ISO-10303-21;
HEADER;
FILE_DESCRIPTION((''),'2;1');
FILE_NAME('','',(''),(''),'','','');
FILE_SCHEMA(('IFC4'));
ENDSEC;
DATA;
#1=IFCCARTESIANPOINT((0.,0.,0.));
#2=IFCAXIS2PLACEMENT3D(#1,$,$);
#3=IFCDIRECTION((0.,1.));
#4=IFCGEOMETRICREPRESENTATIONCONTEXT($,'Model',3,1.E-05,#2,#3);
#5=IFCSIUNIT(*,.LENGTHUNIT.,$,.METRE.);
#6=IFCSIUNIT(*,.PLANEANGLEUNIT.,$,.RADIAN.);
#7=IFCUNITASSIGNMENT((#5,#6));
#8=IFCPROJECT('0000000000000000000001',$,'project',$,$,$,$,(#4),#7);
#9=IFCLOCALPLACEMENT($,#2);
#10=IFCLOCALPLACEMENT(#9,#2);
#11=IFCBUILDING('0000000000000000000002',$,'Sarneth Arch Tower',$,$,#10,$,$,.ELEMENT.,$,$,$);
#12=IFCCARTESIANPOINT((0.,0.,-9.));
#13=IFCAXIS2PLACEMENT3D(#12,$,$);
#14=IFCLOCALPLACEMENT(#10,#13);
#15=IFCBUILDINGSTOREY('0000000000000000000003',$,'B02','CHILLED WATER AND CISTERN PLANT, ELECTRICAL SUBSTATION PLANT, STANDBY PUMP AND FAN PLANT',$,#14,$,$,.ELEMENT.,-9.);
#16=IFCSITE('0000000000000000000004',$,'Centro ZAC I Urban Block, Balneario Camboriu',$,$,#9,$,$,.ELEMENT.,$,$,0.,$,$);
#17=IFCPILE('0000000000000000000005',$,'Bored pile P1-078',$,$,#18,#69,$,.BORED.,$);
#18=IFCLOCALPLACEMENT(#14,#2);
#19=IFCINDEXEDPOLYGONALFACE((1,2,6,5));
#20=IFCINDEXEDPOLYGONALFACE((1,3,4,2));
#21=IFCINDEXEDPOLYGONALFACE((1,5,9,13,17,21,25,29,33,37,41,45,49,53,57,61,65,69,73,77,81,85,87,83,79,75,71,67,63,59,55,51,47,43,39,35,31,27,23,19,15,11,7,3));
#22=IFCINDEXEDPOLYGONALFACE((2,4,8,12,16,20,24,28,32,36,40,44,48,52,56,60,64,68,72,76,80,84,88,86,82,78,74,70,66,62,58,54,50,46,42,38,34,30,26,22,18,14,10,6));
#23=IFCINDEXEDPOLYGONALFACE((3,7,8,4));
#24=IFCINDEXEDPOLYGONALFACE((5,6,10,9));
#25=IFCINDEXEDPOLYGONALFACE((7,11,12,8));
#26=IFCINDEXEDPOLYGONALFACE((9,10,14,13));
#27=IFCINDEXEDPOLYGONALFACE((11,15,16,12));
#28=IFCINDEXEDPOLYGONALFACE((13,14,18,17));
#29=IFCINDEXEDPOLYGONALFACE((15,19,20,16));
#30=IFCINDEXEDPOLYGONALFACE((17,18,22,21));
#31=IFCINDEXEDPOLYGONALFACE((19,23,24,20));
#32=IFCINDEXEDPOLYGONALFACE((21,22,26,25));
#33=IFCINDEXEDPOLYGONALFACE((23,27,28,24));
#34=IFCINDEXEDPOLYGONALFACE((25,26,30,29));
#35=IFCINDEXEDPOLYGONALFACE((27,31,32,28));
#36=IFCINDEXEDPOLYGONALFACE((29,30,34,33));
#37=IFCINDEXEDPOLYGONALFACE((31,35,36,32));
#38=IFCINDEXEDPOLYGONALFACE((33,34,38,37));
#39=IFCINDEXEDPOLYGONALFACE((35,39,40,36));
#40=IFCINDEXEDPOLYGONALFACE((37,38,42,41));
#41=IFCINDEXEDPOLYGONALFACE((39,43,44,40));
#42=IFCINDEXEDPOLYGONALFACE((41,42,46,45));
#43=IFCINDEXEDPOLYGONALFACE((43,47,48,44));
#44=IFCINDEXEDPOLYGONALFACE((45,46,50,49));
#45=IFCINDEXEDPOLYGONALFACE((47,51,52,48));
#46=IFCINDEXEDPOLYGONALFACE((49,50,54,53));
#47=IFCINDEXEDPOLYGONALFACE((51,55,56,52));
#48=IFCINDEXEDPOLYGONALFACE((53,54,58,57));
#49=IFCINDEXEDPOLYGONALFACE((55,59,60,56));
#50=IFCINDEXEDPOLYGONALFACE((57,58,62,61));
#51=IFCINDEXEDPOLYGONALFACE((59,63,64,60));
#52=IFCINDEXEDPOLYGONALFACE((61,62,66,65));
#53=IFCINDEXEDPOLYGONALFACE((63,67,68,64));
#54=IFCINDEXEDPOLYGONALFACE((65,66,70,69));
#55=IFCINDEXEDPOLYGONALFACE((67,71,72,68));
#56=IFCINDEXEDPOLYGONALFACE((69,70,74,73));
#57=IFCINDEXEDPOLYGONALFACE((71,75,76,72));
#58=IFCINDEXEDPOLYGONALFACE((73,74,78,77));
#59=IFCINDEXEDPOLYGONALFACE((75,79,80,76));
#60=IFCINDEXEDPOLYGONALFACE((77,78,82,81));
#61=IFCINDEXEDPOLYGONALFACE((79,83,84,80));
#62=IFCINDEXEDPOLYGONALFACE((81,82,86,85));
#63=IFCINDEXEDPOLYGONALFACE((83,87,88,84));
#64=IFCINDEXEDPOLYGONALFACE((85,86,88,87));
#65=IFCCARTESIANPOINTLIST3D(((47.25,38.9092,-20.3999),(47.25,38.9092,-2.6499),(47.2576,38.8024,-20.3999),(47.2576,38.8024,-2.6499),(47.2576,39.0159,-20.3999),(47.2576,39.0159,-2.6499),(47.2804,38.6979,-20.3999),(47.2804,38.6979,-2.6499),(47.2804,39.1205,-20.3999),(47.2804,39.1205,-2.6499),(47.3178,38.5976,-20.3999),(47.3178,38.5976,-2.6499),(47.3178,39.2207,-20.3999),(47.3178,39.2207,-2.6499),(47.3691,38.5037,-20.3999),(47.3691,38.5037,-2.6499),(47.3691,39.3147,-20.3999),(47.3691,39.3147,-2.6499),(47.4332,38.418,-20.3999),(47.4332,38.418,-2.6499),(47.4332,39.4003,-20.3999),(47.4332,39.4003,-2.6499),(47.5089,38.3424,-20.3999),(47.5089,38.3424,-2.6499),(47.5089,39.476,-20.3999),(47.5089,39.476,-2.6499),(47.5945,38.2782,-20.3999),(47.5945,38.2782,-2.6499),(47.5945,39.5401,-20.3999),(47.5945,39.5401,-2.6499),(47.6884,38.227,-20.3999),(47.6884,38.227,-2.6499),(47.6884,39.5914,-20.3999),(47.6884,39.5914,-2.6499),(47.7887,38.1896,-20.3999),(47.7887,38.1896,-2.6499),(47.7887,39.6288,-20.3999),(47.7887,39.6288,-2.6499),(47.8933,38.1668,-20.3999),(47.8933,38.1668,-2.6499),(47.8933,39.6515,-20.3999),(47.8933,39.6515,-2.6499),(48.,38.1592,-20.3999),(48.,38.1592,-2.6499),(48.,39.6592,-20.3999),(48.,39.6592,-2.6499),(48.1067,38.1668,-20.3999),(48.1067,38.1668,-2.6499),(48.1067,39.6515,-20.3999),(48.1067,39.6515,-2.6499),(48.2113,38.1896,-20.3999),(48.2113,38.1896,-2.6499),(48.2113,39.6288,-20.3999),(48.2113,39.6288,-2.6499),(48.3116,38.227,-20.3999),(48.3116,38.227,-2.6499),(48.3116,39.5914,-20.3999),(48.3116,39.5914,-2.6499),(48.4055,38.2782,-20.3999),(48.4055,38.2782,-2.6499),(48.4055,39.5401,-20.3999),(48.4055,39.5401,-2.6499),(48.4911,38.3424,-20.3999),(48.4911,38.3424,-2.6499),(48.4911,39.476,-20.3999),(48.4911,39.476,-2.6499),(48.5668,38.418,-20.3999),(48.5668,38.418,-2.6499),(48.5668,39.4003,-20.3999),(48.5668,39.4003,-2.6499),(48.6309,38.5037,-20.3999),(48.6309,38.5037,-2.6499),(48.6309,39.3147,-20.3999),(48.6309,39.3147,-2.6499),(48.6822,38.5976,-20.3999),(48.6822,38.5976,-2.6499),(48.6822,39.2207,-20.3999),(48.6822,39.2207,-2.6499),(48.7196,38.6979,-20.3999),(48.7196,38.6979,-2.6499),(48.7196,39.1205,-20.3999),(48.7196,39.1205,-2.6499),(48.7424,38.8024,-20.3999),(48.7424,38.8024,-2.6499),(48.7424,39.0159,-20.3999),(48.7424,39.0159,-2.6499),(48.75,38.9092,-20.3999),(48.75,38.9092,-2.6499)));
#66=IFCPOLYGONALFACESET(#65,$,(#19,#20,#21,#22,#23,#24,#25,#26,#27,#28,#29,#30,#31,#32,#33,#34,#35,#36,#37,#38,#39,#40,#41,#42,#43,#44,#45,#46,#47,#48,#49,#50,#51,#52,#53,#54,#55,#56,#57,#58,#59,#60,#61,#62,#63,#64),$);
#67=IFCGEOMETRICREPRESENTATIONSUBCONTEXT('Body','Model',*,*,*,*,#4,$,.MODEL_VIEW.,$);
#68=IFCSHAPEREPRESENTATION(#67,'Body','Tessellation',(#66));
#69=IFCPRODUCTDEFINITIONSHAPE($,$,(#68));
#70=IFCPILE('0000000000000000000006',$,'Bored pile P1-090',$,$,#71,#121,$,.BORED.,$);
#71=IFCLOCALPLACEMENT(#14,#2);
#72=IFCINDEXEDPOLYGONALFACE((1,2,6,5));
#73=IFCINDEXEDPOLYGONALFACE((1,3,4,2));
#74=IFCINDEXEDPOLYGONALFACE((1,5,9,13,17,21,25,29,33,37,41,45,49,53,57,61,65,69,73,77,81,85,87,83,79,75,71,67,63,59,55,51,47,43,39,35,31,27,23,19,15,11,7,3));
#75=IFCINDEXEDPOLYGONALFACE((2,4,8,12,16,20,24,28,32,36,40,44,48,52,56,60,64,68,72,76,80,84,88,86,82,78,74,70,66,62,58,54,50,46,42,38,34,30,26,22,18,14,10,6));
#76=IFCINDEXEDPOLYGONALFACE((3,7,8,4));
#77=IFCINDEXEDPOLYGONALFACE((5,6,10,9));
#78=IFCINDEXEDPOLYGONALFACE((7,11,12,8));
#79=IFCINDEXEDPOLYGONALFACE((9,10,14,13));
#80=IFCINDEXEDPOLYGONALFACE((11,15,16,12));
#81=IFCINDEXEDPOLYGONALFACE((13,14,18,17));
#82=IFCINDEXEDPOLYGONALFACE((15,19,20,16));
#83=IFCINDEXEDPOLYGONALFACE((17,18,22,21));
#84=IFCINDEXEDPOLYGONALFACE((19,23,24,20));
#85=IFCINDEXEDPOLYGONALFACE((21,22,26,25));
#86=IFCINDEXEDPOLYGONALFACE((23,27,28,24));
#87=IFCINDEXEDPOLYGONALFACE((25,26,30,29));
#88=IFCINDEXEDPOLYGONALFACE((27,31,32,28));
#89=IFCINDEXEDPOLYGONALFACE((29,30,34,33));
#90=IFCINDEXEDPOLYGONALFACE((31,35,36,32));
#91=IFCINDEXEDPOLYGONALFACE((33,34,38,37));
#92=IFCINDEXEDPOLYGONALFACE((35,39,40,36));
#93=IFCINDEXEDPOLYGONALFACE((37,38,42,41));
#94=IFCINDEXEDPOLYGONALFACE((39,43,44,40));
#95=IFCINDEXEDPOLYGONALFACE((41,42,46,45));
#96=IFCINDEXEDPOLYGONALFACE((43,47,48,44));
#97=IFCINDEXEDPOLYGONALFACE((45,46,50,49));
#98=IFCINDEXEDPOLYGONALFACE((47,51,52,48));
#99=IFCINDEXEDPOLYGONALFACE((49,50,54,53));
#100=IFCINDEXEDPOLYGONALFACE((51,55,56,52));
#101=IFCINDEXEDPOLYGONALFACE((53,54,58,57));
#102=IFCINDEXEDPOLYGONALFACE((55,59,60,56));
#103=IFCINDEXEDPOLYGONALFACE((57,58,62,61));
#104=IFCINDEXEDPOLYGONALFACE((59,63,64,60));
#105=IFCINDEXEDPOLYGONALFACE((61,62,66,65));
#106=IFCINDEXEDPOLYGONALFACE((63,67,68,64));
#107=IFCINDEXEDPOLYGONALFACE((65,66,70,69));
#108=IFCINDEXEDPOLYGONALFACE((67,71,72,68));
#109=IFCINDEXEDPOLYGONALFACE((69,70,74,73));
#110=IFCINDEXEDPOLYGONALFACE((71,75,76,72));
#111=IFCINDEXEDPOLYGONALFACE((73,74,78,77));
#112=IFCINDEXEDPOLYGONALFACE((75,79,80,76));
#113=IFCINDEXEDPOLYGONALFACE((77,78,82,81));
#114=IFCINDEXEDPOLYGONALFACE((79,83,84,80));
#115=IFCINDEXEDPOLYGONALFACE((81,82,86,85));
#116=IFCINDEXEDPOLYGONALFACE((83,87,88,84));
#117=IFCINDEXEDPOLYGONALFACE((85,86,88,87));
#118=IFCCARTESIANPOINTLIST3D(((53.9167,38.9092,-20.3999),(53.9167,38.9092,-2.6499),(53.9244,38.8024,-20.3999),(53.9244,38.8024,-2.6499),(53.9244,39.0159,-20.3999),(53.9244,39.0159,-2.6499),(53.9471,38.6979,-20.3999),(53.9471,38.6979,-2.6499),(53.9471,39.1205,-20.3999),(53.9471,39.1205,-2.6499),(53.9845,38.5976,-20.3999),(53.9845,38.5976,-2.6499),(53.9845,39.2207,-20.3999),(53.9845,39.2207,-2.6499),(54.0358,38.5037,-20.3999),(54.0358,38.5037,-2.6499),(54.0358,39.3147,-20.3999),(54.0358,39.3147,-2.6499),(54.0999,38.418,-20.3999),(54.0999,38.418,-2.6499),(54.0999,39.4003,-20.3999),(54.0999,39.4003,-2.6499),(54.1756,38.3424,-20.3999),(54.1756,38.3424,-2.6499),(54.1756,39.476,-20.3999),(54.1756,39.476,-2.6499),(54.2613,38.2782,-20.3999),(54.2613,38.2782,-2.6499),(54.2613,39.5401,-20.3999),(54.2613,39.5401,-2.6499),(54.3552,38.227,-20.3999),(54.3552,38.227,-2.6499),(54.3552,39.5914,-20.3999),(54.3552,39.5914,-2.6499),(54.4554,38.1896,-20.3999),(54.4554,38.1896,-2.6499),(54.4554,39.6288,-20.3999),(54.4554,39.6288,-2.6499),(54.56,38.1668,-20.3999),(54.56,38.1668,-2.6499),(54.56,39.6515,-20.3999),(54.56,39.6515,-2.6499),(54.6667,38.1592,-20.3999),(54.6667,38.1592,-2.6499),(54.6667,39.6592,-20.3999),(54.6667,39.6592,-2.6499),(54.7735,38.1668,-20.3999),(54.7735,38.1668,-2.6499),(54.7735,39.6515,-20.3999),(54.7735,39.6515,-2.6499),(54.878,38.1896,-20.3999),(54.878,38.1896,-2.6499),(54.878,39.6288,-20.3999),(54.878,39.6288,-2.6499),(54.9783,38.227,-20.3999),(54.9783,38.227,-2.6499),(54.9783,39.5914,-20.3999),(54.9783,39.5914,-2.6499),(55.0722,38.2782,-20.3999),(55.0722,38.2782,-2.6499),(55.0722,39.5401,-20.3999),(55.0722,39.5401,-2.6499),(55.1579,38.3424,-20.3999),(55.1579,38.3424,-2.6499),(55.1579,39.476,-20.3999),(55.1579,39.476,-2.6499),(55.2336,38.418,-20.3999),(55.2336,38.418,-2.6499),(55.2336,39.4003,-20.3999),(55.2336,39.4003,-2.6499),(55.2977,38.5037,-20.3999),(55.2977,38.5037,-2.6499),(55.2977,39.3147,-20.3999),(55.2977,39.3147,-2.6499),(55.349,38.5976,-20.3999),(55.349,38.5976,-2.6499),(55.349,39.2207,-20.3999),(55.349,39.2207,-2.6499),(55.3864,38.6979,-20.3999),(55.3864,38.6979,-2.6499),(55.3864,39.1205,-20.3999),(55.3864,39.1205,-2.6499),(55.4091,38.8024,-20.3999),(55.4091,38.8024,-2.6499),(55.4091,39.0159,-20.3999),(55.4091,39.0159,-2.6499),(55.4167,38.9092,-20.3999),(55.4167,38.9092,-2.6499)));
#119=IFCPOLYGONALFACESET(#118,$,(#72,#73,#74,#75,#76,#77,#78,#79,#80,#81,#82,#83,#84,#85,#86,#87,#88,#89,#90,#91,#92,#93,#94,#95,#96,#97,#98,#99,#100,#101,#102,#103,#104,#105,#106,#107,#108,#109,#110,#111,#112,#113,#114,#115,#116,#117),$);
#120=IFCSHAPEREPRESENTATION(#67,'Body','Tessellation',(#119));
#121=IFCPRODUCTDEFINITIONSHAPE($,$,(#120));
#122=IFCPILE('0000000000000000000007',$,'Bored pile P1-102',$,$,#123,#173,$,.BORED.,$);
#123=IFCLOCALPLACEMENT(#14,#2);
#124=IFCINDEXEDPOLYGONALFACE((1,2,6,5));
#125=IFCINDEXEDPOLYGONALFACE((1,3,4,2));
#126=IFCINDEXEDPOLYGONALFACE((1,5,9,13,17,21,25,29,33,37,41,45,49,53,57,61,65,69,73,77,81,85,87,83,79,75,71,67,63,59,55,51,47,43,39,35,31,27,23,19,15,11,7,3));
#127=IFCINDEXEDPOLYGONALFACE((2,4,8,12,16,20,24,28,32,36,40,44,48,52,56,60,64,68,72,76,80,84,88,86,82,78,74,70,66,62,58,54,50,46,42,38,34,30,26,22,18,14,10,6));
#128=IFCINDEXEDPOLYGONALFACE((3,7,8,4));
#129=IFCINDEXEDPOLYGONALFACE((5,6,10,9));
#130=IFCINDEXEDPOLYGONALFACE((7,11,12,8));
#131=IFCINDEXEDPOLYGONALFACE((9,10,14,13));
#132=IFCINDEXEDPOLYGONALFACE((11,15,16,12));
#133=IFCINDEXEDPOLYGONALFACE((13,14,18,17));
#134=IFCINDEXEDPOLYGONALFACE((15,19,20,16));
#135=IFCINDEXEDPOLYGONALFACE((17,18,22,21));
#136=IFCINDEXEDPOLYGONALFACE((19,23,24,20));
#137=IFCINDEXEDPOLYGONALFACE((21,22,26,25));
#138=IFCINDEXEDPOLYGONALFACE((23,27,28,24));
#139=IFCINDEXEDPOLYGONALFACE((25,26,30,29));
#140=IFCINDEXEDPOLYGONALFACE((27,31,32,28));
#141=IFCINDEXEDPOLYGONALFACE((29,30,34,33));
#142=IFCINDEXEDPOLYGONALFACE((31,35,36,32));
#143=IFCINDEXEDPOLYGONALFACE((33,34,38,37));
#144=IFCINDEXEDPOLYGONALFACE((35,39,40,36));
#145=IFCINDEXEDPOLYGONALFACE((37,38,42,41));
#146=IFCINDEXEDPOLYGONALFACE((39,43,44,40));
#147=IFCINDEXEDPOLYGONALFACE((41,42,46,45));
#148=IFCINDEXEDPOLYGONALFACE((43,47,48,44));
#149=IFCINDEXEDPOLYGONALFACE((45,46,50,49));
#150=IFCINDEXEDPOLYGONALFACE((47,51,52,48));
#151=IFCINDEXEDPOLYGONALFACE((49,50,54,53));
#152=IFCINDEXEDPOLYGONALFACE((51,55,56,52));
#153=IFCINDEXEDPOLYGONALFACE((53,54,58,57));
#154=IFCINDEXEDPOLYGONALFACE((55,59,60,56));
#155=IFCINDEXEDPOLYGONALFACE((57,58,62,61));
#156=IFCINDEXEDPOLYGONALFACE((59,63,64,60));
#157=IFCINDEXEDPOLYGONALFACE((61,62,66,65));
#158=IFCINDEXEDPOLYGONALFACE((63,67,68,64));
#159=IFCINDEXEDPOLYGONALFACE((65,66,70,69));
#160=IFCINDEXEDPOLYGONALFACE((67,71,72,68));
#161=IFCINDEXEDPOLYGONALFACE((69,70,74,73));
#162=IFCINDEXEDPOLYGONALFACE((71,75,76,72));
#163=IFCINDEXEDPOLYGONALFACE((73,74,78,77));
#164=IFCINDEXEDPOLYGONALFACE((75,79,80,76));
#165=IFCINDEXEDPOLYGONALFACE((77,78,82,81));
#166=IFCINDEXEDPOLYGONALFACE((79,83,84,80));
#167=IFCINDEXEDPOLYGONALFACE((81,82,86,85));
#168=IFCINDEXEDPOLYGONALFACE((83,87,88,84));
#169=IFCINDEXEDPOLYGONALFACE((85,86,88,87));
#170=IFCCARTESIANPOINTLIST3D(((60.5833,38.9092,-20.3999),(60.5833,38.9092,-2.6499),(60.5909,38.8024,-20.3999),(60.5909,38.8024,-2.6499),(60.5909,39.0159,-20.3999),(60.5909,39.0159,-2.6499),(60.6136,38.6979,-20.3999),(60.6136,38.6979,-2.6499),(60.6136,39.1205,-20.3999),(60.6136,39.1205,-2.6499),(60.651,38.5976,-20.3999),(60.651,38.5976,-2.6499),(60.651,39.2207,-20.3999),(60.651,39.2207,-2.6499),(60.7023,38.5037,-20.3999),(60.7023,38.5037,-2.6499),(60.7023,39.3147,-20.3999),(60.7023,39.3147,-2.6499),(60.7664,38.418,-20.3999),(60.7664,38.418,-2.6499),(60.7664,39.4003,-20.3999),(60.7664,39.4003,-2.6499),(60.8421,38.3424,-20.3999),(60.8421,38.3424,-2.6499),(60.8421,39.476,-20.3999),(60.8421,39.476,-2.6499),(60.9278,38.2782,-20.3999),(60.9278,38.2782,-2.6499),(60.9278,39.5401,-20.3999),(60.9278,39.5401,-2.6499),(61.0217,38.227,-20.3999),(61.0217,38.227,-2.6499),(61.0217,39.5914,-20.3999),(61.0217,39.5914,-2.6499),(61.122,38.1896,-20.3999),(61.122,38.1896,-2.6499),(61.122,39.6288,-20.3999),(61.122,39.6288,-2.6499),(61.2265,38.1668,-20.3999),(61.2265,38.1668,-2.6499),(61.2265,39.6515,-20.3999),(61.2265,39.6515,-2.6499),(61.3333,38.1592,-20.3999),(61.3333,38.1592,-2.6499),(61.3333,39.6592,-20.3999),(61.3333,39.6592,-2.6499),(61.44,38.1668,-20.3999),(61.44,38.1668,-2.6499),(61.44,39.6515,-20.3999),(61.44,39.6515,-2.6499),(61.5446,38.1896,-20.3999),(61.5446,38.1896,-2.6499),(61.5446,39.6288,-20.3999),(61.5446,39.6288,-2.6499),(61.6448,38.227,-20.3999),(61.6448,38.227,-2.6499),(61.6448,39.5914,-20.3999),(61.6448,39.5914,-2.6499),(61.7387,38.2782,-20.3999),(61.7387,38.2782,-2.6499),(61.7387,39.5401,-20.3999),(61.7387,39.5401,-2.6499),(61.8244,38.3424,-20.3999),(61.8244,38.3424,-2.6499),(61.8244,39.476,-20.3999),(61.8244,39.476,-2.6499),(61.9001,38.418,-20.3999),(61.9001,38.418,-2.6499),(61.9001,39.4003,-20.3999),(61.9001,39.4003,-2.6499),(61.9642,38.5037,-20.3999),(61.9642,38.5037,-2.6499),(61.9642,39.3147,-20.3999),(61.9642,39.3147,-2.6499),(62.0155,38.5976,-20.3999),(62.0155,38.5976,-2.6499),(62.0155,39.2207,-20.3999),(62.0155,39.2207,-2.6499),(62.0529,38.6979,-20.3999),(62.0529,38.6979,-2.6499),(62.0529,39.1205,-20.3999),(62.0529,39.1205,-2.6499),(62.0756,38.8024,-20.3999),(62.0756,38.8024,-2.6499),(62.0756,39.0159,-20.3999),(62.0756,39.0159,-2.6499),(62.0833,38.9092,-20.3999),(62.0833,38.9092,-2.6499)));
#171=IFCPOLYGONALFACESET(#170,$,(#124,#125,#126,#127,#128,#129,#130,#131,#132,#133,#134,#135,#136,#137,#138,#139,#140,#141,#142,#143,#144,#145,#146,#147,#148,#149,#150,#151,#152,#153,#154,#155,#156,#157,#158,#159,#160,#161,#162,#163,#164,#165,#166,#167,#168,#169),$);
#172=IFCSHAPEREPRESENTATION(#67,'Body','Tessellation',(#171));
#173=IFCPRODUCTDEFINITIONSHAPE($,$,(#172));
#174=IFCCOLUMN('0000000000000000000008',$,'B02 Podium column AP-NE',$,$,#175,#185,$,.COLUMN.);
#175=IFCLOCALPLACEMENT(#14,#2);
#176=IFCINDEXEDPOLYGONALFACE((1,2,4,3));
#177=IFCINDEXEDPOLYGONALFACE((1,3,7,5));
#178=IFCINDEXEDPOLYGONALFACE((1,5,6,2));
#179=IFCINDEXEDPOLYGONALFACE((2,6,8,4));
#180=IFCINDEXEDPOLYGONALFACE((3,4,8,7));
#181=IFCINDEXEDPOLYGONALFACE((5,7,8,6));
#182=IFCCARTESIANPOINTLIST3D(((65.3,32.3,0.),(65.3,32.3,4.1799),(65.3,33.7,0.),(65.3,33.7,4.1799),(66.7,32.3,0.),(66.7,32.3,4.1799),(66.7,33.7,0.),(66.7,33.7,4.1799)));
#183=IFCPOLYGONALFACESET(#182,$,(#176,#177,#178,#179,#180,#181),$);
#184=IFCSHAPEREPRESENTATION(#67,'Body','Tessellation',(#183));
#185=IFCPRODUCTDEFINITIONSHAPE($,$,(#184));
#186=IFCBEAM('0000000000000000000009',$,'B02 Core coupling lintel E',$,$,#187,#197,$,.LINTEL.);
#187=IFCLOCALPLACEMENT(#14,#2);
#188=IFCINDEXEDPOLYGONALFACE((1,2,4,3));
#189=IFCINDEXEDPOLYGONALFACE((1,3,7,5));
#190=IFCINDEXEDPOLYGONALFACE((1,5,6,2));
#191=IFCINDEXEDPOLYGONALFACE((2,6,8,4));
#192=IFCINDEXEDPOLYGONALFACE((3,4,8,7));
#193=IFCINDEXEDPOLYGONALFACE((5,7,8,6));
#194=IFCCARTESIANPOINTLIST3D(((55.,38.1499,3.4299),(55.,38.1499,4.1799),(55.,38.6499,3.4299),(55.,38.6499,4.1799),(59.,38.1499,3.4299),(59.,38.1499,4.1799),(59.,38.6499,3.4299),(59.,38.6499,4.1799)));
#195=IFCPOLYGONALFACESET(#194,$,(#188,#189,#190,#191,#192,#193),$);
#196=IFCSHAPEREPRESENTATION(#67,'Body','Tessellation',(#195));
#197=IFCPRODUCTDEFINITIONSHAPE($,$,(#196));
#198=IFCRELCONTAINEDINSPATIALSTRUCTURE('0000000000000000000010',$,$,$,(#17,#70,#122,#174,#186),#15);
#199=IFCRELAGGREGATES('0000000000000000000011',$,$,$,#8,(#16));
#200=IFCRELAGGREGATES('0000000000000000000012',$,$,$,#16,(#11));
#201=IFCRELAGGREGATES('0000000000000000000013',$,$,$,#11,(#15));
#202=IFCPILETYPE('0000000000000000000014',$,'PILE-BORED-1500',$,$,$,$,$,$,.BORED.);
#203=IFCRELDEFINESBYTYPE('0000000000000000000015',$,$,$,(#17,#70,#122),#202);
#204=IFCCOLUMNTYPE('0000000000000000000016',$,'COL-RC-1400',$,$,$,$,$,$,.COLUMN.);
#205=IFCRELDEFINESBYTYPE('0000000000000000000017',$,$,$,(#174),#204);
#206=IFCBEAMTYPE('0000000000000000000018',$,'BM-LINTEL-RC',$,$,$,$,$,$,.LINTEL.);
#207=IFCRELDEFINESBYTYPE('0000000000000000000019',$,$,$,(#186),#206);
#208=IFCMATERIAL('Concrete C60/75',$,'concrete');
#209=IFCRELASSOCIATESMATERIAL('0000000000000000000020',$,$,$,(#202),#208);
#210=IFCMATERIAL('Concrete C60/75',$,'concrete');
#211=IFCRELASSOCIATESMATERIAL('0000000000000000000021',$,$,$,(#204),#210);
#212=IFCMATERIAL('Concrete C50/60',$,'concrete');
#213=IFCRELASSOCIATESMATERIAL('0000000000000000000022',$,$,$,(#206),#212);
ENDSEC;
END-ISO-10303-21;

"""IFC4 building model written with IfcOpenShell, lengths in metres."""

from ifc_helpers import new_model, si_unit, direction, frame, origin, origin_2d, place, context, subcontext, project, spatial, rectangle, circle, extrude, material, material_profile, profile_set, type_object, element, save


model = new_model("IFC4")

# Units and contexts
model_context = context("Model", 3, precision=1e-05, world=origin(), true_north=direction((0.0, 1.0)))
body_context = subcontext(model_context, "Body", "Model", "MODEL_VIEW")
ifc_project = project(units=[si_unit("LENGTHUNIT", "METRE"), si_unit("PLANEANGLEUNIT", "RADIAN")], contexts=[model_context])

# Site, building, storey
site_placement = place(None, origin())
site = spatial("IfcSite", under=ifc_project, at=site_placement, Name="Centro ZAC I Urban Block, Balneario Camboriu", CompositionType="ELEMENT", RefElevation=0.0)
building_placement = place(site_placement, origin())
building = spatial("IfcBuilding", under=site, at=building_placement, Name="Sarneth Arch Tower", CompositionType="ELEMENT")
storey_placement = place(building_placement, frame((0.0, 0.0, -9.0)))
storey = spatial("IfcBuildingStorey", under=building, at=storey_placement, Name="B02", Description="CHILLED WATER AND CISTERN PLANT, ELECTRICAL SUBSTATION PLANT, STANDBY PUMP AND FAN PLANT", CompositionType="ELEMENT", Elevation=-9.0)

# Piles
ifc_material_1 = material(Name="Concrete C60/75", Category="concrete")
ifc_material_profile_1 = material_profile(ifc_material_1, circle(Radius=0.75, at=origin_2d()), Name="PILE-D1500")
ifc_profile_set_1 = profile_set([ifc_material_profile_1], Name="Concrete C60/75")
pile_type = type_object("IfcPileType", Name="PILE-BORED-1500", PredefinedType="BORED", material=ifc_profile_set_1)
for number, where, z_axis, x_axis, name in (
    (1, (48.0, 38.9092, -2.6499), (0.0, 0.0, -1.0), (1.0, 0.0, 0.0), "Bored pile P1-078"),
    (2, (54.6667, 38.9092, -2.6499), (0.0, 0.0, -1.0), (1.0, 0.0, 0.0), "Bored pile P1-090"),
    (3, (61.3333, 38.9092, -2.6499), (0.0, 0.0, -1.0), (1.0, 0.0, 0.0), "Bored pile P1-102"),
):
    element("IfcPile", number, at=place(storey_placement, frame(where, z_axis=z_axis, x_axis=x_axis)), inside=storey, type_object=pile_type, Name=name, PredefinedType="BORED", context=body_context, shape_type="SweptSolid", body=[
        extrude(circle(Radius=0.75, at=origin_2d()), origin(), (0.0, 0.0, 1.0), 17.75),
    ])

# Column
ifc_material_2 = material(Name="Concrete C60/75", Category="concrete")
ifc_material_profile_2 = material_profile(ifc_material_2, rectangle(XDim=1.3999, YDim=1.3999, at=origin_2d()), Name="RC-1400x1400")
ifc_profile_set_2 = profile_set([ifc_material_profile_2], Name="Concrete C60/75")
column_type = type_object("IfcColumnType", Name="COL-RC-1400", PredefinedType="COLUMN", material=ifc_profile_set_2)
column_placement = place(storey_placement, frame((66.0, 33.0, 0.0), z_axis=(0.0, 0.0, 1.0), x_axis=(1.0, 0.0, 0.0)))
element("IfcColumn", 4, at=column_placement, inside=storey, type_object=column_type, Name="B02 Podium column AP-NE", PredefinedType="COLUMN", context=body_context, shape_type="SweptSolid", body=[
    extrude(rectangle(XDim=1.3999, YDim=1.3999, at=origin_2d()), origin(), (0.0, 0.0, 1.0), 4.1799),
])

# Beam
ifc_material_3 = material(Name="Concrete C50/60", Category="concrete")
ifc_material_profile_3 = material_profile(ifc_material_3, rectangle(XDim=0.5, YDim=0.75, at=origin_2d()), Name="RC-500x750")
ifc_profile_set_3 = profile_set([ifc_material_profile_3], Name="Concrete C50/60")
beam_type = type_object("IfcBeamType", Name="BM-LINTEL-RC", PredefinedType="LINTEL", material=ifc_profile_set_3)
beam_placement = place(storey_placement, frame((55.0, 38.3999, 3.8049), z_axis=(1.0, 0.0, 0.0), x_axis=(0.0, 1.0, 0.0)))
element("IfcBeam", 5, at=beam_placement, inside=storey, type_object=beam_type, Name="B02 Core coupling lintel E", PredefinedType="LINTEL", context=body_context, shape_type="SweptSolid", body=[
    extrude(rectangle(XDim=0.5, YDim=0.75, at=origin_2d()), origin(), (0.0, 0.0, 1.0), 4.0),
])

save(model, "model.ifc")
